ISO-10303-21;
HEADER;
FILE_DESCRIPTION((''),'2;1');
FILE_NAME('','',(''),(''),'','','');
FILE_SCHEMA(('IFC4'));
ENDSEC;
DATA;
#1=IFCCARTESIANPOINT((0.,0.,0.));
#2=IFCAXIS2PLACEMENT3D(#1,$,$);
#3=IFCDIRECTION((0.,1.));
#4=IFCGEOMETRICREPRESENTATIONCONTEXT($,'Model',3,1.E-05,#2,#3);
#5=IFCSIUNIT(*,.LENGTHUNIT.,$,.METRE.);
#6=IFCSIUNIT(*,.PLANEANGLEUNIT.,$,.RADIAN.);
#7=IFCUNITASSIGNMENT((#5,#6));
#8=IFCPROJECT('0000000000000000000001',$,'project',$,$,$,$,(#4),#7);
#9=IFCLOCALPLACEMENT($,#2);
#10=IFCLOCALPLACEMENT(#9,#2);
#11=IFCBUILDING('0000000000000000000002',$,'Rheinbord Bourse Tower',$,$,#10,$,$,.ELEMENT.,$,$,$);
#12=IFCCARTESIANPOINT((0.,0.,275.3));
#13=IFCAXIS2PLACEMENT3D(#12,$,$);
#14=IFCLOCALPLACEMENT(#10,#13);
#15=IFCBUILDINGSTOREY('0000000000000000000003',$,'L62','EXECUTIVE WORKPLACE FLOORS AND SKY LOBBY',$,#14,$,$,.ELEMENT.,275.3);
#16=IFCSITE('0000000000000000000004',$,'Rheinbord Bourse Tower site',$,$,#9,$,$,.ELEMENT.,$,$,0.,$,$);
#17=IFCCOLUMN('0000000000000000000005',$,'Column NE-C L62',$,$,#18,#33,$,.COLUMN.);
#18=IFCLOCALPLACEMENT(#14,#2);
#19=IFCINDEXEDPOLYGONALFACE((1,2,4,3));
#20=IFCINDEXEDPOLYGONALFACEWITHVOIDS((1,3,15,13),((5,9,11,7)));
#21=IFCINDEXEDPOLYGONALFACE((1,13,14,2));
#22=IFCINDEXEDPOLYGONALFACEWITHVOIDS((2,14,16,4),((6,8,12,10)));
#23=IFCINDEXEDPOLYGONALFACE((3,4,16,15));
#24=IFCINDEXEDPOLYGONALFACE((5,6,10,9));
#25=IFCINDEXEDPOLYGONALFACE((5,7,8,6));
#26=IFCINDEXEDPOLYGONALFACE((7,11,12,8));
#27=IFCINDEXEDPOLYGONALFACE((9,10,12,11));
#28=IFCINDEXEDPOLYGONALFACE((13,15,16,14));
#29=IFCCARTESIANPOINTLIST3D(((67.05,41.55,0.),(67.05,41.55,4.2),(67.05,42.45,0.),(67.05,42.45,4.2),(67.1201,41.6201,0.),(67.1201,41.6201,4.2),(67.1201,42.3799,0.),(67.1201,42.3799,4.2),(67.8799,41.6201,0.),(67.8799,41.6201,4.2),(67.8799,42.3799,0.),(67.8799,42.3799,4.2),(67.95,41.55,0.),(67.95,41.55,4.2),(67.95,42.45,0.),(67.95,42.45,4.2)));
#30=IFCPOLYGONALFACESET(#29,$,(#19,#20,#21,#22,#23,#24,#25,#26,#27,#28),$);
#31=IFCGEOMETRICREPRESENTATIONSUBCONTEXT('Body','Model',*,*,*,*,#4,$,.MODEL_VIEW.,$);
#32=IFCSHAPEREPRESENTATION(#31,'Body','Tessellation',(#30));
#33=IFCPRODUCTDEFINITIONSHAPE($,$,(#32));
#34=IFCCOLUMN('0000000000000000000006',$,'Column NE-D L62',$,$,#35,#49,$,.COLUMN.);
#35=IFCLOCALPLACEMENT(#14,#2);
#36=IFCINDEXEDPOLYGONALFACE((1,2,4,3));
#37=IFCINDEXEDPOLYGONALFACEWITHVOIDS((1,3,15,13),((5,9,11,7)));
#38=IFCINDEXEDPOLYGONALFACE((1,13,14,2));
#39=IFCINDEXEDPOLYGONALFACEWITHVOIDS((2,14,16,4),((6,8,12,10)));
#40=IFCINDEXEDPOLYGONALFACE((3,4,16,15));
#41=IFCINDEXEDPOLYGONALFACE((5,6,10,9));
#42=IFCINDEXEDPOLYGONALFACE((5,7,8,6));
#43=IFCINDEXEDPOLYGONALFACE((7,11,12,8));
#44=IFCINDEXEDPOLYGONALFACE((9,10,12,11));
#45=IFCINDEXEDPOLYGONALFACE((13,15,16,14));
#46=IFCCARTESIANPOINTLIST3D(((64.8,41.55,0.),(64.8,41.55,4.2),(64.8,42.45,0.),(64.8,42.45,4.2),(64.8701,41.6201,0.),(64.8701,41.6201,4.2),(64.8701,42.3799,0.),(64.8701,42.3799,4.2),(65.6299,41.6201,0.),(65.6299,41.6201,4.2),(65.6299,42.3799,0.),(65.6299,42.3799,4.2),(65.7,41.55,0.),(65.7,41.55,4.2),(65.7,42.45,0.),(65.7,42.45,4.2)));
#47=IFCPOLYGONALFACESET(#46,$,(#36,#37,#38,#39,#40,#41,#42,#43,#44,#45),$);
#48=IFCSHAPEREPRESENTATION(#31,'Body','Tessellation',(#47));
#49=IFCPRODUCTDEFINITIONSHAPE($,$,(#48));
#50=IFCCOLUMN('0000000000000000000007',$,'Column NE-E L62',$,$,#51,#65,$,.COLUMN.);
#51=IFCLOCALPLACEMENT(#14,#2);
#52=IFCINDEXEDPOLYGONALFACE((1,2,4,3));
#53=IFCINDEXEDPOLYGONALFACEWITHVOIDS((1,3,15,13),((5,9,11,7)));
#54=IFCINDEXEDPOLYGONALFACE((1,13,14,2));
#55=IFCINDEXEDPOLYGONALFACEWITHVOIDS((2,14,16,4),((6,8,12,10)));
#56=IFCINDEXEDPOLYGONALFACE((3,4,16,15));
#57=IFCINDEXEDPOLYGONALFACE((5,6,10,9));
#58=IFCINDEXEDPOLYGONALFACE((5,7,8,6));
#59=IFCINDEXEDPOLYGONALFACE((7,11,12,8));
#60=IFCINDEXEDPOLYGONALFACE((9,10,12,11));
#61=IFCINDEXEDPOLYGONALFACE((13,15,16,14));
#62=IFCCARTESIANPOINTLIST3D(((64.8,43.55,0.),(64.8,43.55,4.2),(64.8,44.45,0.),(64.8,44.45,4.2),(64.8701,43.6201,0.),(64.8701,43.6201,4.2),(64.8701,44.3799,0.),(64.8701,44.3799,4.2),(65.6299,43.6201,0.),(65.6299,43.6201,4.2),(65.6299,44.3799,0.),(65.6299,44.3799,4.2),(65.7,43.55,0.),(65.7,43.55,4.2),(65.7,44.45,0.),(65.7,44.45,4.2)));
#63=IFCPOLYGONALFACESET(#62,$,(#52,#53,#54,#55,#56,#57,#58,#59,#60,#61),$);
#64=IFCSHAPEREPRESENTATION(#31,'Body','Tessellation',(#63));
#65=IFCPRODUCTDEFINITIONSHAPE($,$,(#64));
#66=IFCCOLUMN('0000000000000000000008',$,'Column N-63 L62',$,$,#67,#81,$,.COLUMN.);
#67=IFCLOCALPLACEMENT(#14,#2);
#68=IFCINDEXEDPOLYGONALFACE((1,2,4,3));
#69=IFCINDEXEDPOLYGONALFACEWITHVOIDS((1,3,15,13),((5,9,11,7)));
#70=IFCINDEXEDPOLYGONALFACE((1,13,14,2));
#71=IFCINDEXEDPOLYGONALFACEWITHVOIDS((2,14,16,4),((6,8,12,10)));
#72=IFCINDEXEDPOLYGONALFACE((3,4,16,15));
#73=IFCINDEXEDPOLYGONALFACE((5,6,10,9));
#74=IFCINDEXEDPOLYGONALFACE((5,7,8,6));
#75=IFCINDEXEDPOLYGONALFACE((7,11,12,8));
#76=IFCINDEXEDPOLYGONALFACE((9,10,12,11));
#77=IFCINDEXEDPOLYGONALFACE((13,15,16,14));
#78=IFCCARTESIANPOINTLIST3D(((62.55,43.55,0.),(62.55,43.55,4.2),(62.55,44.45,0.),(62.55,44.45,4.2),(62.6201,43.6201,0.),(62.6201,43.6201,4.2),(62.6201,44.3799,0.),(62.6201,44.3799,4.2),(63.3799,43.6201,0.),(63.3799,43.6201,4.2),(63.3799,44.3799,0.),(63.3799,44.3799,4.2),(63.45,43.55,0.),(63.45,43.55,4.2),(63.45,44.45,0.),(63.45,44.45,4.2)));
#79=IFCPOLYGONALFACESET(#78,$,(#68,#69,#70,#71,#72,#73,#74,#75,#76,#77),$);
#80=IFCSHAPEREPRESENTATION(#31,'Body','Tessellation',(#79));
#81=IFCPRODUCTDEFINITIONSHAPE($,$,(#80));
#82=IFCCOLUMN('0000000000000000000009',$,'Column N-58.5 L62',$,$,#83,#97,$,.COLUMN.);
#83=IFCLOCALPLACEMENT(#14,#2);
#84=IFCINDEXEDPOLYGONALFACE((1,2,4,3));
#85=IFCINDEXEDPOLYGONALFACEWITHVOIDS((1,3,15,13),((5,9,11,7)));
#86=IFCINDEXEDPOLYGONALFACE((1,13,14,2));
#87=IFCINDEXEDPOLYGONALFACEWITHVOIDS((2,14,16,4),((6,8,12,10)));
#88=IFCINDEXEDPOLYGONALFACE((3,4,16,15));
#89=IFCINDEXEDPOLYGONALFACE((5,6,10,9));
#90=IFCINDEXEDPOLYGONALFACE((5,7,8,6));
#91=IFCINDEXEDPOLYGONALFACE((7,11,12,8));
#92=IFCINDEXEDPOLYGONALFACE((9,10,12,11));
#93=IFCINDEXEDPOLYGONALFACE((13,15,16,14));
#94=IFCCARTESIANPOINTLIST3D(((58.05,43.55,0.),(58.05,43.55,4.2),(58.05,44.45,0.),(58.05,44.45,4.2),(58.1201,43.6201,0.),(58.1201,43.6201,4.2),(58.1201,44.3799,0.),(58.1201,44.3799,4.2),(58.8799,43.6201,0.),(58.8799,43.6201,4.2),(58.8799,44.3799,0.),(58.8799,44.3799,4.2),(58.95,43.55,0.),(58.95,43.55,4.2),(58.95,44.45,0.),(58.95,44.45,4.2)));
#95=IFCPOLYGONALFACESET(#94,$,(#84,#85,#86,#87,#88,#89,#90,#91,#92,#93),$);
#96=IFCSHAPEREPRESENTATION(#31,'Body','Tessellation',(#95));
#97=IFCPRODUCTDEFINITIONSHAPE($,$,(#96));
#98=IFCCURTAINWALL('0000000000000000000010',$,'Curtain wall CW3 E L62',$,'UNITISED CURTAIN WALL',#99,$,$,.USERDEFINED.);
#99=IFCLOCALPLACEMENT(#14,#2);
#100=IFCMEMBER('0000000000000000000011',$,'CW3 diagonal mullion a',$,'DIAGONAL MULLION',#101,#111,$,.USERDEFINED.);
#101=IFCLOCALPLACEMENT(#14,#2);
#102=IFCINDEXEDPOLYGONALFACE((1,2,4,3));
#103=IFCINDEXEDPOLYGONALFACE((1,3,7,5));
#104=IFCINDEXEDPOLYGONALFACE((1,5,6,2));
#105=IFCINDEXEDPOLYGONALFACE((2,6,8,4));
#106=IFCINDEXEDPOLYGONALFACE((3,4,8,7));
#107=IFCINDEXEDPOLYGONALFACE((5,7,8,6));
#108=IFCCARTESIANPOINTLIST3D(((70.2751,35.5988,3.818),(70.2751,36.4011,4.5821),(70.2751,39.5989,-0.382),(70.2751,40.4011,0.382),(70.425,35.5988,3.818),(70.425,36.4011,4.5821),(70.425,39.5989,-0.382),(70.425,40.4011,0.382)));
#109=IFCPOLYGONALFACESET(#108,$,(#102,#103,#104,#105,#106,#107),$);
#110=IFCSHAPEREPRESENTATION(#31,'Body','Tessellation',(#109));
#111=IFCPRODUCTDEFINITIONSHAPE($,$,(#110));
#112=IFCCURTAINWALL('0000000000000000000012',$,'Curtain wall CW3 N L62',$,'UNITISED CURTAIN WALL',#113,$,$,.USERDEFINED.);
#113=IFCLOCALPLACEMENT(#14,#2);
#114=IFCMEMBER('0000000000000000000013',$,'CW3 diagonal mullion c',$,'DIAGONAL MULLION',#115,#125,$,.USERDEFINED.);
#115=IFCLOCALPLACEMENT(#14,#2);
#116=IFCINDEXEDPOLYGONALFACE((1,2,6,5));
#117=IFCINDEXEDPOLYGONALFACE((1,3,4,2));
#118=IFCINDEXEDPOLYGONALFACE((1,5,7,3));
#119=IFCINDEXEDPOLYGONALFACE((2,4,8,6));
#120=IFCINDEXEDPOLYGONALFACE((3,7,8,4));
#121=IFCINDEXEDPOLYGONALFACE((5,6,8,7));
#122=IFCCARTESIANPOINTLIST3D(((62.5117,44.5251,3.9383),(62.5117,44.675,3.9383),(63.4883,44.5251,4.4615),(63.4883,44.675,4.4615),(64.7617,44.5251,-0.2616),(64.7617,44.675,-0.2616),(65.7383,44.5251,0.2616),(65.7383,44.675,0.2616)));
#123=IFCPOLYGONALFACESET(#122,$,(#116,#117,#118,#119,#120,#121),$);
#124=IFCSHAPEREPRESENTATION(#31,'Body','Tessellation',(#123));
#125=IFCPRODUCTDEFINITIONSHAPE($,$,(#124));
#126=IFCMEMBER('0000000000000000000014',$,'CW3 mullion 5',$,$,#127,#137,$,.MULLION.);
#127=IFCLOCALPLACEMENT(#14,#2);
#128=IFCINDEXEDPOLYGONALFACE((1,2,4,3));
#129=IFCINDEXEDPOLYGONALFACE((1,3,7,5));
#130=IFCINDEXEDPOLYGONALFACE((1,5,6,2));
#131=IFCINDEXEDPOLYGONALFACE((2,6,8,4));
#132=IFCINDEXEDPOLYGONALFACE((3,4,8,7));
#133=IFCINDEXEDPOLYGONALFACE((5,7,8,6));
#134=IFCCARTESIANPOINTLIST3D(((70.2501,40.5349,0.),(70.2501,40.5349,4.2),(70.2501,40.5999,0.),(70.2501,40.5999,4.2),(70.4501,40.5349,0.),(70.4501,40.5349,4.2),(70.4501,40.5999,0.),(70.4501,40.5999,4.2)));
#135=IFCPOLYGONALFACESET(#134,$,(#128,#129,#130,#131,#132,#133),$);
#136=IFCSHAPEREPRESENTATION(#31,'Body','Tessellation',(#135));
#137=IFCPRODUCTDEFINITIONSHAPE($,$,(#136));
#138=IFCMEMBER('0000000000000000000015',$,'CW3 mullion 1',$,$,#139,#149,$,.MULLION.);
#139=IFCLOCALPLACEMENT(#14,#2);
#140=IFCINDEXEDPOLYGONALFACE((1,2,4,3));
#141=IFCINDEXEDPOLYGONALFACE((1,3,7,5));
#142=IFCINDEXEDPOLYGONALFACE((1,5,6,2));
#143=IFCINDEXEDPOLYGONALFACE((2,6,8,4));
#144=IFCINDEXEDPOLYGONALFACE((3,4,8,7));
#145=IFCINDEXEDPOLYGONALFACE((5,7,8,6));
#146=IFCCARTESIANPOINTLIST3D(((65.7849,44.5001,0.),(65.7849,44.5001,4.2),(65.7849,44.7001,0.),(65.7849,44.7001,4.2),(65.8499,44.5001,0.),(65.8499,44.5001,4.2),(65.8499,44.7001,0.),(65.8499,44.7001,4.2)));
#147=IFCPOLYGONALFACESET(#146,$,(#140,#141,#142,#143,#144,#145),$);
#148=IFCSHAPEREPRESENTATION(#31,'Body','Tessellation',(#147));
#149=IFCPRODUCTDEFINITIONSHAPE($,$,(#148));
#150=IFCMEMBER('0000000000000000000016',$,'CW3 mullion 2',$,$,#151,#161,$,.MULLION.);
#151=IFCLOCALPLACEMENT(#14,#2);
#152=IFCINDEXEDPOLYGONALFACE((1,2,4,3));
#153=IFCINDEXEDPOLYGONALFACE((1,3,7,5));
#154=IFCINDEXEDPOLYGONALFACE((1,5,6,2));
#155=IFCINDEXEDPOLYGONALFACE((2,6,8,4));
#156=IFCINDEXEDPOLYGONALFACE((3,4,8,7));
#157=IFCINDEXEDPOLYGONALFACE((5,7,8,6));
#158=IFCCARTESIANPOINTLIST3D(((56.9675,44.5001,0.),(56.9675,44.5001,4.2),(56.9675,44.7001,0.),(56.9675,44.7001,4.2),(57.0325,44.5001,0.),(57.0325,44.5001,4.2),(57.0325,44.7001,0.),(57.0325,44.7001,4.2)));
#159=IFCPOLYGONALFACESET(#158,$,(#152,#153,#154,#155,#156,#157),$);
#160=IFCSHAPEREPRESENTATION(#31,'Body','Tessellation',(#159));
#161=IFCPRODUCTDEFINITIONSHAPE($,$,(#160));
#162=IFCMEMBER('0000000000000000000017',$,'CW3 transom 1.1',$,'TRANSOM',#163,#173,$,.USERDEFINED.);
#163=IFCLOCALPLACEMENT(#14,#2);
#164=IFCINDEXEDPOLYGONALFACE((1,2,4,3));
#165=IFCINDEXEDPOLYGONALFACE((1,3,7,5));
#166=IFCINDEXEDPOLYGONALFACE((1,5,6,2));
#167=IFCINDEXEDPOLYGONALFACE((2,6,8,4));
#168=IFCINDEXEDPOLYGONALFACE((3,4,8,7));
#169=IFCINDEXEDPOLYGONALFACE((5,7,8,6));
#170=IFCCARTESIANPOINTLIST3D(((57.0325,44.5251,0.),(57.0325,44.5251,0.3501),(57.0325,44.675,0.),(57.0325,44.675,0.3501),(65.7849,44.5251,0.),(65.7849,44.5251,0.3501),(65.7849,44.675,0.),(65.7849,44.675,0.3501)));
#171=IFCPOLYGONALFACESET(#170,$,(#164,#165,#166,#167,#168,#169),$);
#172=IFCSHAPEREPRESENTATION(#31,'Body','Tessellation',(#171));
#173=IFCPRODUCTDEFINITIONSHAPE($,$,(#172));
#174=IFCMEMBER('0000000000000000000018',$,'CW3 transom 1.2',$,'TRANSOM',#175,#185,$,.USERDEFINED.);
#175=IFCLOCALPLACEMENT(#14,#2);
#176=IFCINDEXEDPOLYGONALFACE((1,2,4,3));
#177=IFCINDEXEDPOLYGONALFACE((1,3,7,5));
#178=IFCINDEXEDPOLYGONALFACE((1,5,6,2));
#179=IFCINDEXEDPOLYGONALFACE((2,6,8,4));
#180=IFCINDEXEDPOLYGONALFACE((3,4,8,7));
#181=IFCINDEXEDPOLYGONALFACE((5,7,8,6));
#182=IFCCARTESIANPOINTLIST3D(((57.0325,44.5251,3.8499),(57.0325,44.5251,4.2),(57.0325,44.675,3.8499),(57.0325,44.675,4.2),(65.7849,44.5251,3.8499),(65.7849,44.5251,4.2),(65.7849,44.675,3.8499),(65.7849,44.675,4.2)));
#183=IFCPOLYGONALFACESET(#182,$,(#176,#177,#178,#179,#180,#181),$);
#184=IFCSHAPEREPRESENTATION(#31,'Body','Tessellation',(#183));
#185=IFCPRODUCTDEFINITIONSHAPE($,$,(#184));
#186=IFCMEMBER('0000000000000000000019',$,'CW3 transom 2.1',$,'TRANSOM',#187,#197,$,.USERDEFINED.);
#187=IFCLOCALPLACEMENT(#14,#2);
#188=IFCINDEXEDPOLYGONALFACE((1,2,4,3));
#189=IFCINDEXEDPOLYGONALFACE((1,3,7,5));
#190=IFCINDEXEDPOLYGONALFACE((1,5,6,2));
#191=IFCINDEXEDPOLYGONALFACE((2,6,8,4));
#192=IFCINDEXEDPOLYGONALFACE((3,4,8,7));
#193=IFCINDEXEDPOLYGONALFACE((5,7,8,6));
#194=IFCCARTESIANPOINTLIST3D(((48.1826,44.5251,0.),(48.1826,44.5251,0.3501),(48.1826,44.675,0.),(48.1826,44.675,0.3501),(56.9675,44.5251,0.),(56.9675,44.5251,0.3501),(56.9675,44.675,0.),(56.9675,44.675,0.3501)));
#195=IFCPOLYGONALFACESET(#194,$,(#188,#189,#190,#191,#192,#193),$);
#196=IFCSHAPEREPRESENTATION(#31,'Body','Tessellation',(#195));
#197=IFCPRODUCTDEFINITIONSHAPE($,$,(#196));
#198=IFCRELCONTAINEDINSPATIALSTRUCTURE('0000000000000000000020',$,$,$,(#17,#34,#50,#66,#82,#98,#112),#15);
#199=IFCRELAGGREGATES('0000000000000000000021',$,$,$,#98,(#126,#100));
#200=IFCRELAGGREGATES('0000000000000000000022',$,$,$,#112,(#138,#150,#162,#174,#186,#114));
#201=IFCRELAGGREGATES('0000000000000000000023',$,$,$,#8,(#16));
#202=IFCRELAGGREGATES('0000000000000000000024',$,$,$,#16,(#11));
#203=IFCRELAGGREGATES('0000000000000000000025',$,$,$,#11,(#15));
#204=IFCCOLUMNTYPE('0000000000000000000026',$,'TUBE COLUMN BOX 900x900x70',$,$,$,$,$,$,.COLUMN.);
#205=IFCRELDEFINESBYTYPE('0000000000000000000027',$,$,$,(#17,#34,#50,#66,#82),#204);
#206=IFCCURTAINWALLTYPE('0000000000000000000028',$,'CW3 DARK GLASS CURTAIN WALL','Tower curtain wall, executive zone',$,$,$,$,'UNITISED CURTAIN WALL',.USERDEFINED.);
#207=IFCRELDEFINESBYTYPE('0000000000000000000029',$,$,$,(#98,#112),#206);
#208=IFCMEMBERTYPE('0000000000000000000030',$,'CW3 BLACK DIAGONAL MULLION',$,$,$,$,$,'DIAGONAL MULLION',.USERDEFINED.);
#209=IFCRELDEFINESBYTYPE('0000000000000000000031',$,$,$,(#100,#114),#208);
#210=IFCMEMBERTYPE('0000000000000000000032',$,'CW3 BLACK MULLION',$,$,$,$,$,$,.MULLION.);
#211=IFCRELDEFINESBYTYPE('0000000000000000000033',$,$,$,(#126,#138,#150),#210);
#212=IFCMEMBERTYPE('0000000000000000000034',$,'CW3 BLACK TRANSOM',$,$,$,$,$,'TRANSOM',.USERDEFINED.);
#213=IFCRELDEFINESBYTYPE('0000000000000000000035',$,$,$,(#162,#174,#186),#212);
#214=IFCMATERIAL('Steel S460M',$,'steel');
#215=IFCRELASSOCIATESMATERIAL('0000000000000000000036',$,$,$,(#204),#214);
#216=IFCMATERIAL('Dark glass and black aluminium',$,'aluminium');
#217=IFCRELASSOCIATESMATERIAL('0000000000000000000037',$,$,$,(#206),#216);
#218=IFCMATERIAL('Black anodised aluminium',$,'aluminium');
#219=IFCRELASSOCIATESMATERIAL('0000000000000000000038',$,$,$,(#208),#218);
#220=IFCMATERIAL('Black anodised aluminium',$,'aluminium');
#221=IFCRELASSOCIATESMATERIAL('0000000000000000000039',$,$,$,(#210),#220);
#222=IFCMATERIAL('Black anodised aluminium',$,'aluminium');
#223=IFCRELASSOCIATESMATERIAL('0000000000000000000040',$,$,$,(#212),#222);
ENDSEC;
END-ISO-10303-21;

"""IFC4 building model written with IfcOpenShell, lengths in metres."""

from ifc_helpers import new_model, si_unit, direction, frame, origin, origin_2d, place, context, subcontext, project, spatial, rectangle, hollow_rectangle, extrude, material, material_profile, profile_set, type_object, element, aggregate, save


model = new_model("IFC4")

# Units and contexts
model_context = context("Model", 3, precision=1e-05, world=origin(), true_north=direction((0.0, 1.0)))
body_context = subcontext(model_context, "Body", "Model", "MODEL_VIEW")
ifc_project = project(units=[si_unit("LENGTHUNIT", "METRE"), si_unit("PLANEANGLEUNIT", "RADIAN")], contexts=[model_context])

# Site, building, storey
site_placement = place(None, origin())
site = spatial("IfcSite", under=ifc_project, at=site_placement, Name="Rheinbord Bourse Tower site", CompositionType="ELEMENT", RefElevation=0.0)
building_placement = place(site_placement, origin())
building = spatial("IfcBuilding", under=site, at=building_placement, Name="Rheinbord Bourse Tower", CompositionType="ELEMENT")
storey_placement = place(building_placement, frame((0.0, 0.0, 275.3)))
storey = spatial("IfcBuildingStorey", under=building, at=storey_placement, Name="L62", Description="EXECUTIVE WORKPLACE FLOORS AND SKY LOBBY", CompositionType="ELEMENT", Elevation=275.3)

# Columns
ifc_material_1 = material(Name="Steel S460M", Category="steel")
ifc_material_profile_1 = material_profile(ifc_material_1, hollow_rectangle(XDim=0.8999, YDim=0.8999, WallThickness=0.0701, at=origin_2d()), Name="BOX 900x900x70")
ifc_profile_set_1 = profile_set([ifc_material_profile_1], Name="Steel S460M")
column_type = type_object("IfcColumnType", Name="TUBE COLUMN BOX 900x900x70", PredefinedType="COLUMN", material=ifc_profile_set_1)
for number, where, z_axis, x_axis, name in (
    (1, (67.5, 42.0, 0.0), (0.0, 0.0, 1.0), (1.0, 0.0, 0.0), "Column NE-C L62"),
    (2, (65.25, 42.0, 0.0), (0.0, 0.0, 1.0), (0.0, 1.0, 0.0), "Column NE-D L62"),
    (3, (65.25, 44.0, 0.0), (0.0, 0.0, 1.0), (0.0, 1.0, 0.0), "Column NE-E L62"),
    (4, (63.0, 44.0, 0.0), (0.0, 0.0, 1.0), (0.0, 1.0, 0.0), "Column N-63 L62"),
    (5, (58.5, 44.0, 0.0), (0.0, 0.0, 1.0), (0.0, 1.0, 0.0), "Column N-58.5 L62"),
):
    element("IfcColumn", number, at=place(storey_placement, frame(where, z_axis=z_axis, x_axis=x_axis)), inside=storey, type_object=column_type, Name=name, PredefinedType="COLUMN", context=body_context, shape_type="SweptSolid", body=[
        extrude(hollow_rectangle(XDim=0.8999, YDim=0.8999, WallThickness=0.0701, at=origin_2d()), origin(), (0.0, 0.0, 1.0), 4.2),
    ])

# Curtain walls, members
ifc_material_2 = material(Name="Dark glass and black aluminium", Category="aluminium")
curtain_wall_type = type_object("IfcCurtainWallType", Name="CW3 DARK GLASS CURTAIN WALL", Description="Tower curtain wall, executive zone", ElementType="UNITISED CURTAIN WALL", PredefinedType="USERDEFINED", material=ifc_material_2)
curtain_wall_1_placement = place(storey_placement, origin())
curtain_wall_1 = element("IfcCurtainWall", 6, at=curtain_wall_1_placement, inside=storey, type_object=curtain_wall_type, Name="Curtain wall CW3 E L62", ObjectType="UNITISED CURTAIN WALL", PredefinedType="USERDEFINED")
ifc_material_3 = material(Name="Black anodised aluminium", Category="aluminium")
ifc_material_profile_2 = material_profile(ifc_material_3, rectangle(XDim=0.1499, YDim=1.1079, at=origin_2d()), Name="CW3 DIAGONAL MULLION 1108x150")
ifc_profile_set_2 = profile_set([ifc_material_profile_2], Name="Black anodised aluminium")
member_type_1 = type_object("IfcMemberType", Name="CW3 BLACK DIAGONAL MULLION", ElementType="DIAGONAL MULLION", PredefinedType="USERDEFINED", material=ifc_profile_set_2)
member_1_placement = place(storey_placement, frame((70.3501, 40.0, 0.0), z_axis=(0.0, -0.689659, 0.724134), x_axis=(1.0, 0.0, 0.0)))
member_1 = element("IfcMember", 7, at=member_1_placement, type_object=member_type_1, Name="CW3 diagonal mullion a", ObjectType="DIAGONAL MULLION", PredefinedType="USERDEFINED", context=body_context, shape_type="SweptSolid", body=[
    extrude(rectangle(XDim=0.1499, YDim=1.1079, at=origin_2d()), origin(), (0.0, 0.0, 1.0), 5.8),
])
curtain_wall_2_placement = place(storey_placement, origin())
curtain_wall_2 = element("IfcCurtainWall", 8, at=curtain_wall_2_placement, inside=storey, type_object=curtain_wall_type, Name="Curtain wall CW3 N L62", ObjectType="UNITISED CURTAIN WALL", PredefinedType="USERDEFINED")
member_2_placement = place(storey_placement, frame((65.25, 44.6001, 0.0), z_axis=(-0.472226, 0.0, 0.881478), x_axis=(0.0, -1.0, 0.0)))
member_2 = element("IfcMember", 9, at=member_2_placement, type_object=member_type_1, Name="CW3 diagonal mullion c", ObjectType="DIAGONAL MULLION", PredefinedType="USERDEFINED", context=body_context, shape_type="SweptSolid", body=[
    extrude(rectangle(XDim=0.1499, YDim=1.1079, at=origin_2d()), origin(), (0.0, 0.0, 1.0), 4.7646),
])

# Members
ifc_material_4 = material(Name="Black anodised aluminium", Category="aluminium")
ifc_material_profile_3 = material_profile(ifc_material_4, rectangle(XDim=0.2, YDim=0.0649, at=origin_2d()), Name="CW3 MULLION 65x200")
ifc_profile_set_3 = profile_set([ifc_material_profile_3], Name="Black anodised aluminium")
member_type_2 = type_object("IfcMemberType", Name="CW3 BLACK MULLION", PredefinedType="MULLION", material=ifc_profile_set_3)
member_3_placement = place(storey_placement, frame((70.3501, 40.5674, 0.0), z_axis=(0.0, 0.0, 1.0), x_axis=(-1.0, 0.0, 0.0)))
member_3 = element("IfcMember", 10, at=member_3_placement, type_object=member_type_2, Name="CW3 mullion 5", PredefinedType="MULLION", context=body_context, shape_type="SweptSolid", body=[
    extrude(rectangle(XDim=0.2, YDim=0.0649, at=origin_2d()), origin(), (0.0, 0.0, 1.0), 4.2),
])
member_4_placement = place(storey_placement, frame((65.8174, 44.6001, 0.0), z_axis=(0.0, 0.0, 1.0), x_axis=(0.0, -1.0, 0.0)))
member_4 = element("IfcMember", 11, at=member_4_placement, type_object=member_type_2, Name="CW3 mullion 1", PredefinedType="MULLION", context=body_context, shape_type="SweptSolid", body=[
    extrude(rectangle(XDim=0.2, YDim=0.0649, at=origin_2d()), origin(), (0.0, 0.0, 1.0), 4.2),
])
member_5_placement = place(storey_placement, frame((57.0, 44.6001, 0.0), z_axis=(0.0, 0.0, 1.0), x_axis=(0.0, -1.0, 0.0)))
member_5 = element("IfcMember", 12, at=member_5_placement, type_object=member_type_2, Name="CW3 mullion 2", PredefinedType="MULLION", context=body_context, shape_type="SweptSolid", body=[
    extrude(rectangle(XDim=0.2, YDim=0.0649, at=origin_2d()), origin(), (0.0, 0.0, 1.0), 4.2),
])
ifc_material_5 = material(Name="Black anodised aluminium", Category="aluminium")
ifc_material_profile_4 = material_profile(ifc_material_5, rectangle(XDim=0.1499, YDim=0.3501, at=origin_2d()), Name="CW3 TRANSOM 350x150")
ifc_profile_set_4 = profile_set([ifc_material_profile_4], Name="Black anodised aluminium")
member_type_3 = type_object("IfcMemberType", Name="CW3 BLACK TRANSOM", ElementType="TRANSOM", PredefinedType="USERDEFINED", material=ifc_profile_set_4)
member_6_placement = place(storey_placement, frame((65.7849, 44.6001, 0.175), z_axis=(-1.0, 0.0, 0.0), x_axis=(0.0, -1.0, 0.0)))
member_6 = element("IfcMember", 13, at=member_6_placement, type_object=member_type_3, Name="CW3 transom 1.1", ObjectType="TRANSOM", PredefinedType="USERDEFINED", context=body_context, shape_type="SweptSolid", body=[
    extrude(rectangle(XDim=0.1499, YDim=0.3501, at=origin_2d()), origin(), (0.0, 0.0, 1.0), 8.7524),
])
member_7_placement = place(storey_placement, frame((65.7849, 44.6001, 4.0249), z_axis=(-1.0, 0.0, 0.0), x_axis=(0.0, -1.0, 0.0)))
member_7 = element("IfcMember", 14, at=member_7_placement, type_object=member_type_3, Name="CW3 transom 1.2", ObjectType="TRANSOM", PredefinedType="USERDEFINED", context=body_context, shape_type="SweptSolid", body=[
    extrude(rectangle(XDim=0.1499, YDim=0.3501, at=origin_2d()), origin(), (0.0, 0.0, 1.0), 8.7524),
])
member_8_placement = place(storey_placement, frame((56.9675, 44.6001, 0.175), z_axis=(-1.0, 0.0, 0.0), x_axis=(0.0, -1.0, 0.0)))
member_8 = element("IfcMember", 15, at=member_8_placement, type_object=member_type_3, Name="CW3 transom 2.1", ObjectType="TRANSOM", PredefinedType="USERDEFINED", context=body_context, shape_type="SweptSolid", body=[
    extrude(rectangle(XDim=0.1499, YDim=0.3501, at=origin_2d()), origin(), (0.0, 0.0, 1.0), 8.7849),
])

aggregate(curtain_wall_1, [member_3, member_1])
aggregate(curtain_wall_2, [member_4, member_5, member_6, member_7, member_8, member_2])

save(model, "model.ifc")
